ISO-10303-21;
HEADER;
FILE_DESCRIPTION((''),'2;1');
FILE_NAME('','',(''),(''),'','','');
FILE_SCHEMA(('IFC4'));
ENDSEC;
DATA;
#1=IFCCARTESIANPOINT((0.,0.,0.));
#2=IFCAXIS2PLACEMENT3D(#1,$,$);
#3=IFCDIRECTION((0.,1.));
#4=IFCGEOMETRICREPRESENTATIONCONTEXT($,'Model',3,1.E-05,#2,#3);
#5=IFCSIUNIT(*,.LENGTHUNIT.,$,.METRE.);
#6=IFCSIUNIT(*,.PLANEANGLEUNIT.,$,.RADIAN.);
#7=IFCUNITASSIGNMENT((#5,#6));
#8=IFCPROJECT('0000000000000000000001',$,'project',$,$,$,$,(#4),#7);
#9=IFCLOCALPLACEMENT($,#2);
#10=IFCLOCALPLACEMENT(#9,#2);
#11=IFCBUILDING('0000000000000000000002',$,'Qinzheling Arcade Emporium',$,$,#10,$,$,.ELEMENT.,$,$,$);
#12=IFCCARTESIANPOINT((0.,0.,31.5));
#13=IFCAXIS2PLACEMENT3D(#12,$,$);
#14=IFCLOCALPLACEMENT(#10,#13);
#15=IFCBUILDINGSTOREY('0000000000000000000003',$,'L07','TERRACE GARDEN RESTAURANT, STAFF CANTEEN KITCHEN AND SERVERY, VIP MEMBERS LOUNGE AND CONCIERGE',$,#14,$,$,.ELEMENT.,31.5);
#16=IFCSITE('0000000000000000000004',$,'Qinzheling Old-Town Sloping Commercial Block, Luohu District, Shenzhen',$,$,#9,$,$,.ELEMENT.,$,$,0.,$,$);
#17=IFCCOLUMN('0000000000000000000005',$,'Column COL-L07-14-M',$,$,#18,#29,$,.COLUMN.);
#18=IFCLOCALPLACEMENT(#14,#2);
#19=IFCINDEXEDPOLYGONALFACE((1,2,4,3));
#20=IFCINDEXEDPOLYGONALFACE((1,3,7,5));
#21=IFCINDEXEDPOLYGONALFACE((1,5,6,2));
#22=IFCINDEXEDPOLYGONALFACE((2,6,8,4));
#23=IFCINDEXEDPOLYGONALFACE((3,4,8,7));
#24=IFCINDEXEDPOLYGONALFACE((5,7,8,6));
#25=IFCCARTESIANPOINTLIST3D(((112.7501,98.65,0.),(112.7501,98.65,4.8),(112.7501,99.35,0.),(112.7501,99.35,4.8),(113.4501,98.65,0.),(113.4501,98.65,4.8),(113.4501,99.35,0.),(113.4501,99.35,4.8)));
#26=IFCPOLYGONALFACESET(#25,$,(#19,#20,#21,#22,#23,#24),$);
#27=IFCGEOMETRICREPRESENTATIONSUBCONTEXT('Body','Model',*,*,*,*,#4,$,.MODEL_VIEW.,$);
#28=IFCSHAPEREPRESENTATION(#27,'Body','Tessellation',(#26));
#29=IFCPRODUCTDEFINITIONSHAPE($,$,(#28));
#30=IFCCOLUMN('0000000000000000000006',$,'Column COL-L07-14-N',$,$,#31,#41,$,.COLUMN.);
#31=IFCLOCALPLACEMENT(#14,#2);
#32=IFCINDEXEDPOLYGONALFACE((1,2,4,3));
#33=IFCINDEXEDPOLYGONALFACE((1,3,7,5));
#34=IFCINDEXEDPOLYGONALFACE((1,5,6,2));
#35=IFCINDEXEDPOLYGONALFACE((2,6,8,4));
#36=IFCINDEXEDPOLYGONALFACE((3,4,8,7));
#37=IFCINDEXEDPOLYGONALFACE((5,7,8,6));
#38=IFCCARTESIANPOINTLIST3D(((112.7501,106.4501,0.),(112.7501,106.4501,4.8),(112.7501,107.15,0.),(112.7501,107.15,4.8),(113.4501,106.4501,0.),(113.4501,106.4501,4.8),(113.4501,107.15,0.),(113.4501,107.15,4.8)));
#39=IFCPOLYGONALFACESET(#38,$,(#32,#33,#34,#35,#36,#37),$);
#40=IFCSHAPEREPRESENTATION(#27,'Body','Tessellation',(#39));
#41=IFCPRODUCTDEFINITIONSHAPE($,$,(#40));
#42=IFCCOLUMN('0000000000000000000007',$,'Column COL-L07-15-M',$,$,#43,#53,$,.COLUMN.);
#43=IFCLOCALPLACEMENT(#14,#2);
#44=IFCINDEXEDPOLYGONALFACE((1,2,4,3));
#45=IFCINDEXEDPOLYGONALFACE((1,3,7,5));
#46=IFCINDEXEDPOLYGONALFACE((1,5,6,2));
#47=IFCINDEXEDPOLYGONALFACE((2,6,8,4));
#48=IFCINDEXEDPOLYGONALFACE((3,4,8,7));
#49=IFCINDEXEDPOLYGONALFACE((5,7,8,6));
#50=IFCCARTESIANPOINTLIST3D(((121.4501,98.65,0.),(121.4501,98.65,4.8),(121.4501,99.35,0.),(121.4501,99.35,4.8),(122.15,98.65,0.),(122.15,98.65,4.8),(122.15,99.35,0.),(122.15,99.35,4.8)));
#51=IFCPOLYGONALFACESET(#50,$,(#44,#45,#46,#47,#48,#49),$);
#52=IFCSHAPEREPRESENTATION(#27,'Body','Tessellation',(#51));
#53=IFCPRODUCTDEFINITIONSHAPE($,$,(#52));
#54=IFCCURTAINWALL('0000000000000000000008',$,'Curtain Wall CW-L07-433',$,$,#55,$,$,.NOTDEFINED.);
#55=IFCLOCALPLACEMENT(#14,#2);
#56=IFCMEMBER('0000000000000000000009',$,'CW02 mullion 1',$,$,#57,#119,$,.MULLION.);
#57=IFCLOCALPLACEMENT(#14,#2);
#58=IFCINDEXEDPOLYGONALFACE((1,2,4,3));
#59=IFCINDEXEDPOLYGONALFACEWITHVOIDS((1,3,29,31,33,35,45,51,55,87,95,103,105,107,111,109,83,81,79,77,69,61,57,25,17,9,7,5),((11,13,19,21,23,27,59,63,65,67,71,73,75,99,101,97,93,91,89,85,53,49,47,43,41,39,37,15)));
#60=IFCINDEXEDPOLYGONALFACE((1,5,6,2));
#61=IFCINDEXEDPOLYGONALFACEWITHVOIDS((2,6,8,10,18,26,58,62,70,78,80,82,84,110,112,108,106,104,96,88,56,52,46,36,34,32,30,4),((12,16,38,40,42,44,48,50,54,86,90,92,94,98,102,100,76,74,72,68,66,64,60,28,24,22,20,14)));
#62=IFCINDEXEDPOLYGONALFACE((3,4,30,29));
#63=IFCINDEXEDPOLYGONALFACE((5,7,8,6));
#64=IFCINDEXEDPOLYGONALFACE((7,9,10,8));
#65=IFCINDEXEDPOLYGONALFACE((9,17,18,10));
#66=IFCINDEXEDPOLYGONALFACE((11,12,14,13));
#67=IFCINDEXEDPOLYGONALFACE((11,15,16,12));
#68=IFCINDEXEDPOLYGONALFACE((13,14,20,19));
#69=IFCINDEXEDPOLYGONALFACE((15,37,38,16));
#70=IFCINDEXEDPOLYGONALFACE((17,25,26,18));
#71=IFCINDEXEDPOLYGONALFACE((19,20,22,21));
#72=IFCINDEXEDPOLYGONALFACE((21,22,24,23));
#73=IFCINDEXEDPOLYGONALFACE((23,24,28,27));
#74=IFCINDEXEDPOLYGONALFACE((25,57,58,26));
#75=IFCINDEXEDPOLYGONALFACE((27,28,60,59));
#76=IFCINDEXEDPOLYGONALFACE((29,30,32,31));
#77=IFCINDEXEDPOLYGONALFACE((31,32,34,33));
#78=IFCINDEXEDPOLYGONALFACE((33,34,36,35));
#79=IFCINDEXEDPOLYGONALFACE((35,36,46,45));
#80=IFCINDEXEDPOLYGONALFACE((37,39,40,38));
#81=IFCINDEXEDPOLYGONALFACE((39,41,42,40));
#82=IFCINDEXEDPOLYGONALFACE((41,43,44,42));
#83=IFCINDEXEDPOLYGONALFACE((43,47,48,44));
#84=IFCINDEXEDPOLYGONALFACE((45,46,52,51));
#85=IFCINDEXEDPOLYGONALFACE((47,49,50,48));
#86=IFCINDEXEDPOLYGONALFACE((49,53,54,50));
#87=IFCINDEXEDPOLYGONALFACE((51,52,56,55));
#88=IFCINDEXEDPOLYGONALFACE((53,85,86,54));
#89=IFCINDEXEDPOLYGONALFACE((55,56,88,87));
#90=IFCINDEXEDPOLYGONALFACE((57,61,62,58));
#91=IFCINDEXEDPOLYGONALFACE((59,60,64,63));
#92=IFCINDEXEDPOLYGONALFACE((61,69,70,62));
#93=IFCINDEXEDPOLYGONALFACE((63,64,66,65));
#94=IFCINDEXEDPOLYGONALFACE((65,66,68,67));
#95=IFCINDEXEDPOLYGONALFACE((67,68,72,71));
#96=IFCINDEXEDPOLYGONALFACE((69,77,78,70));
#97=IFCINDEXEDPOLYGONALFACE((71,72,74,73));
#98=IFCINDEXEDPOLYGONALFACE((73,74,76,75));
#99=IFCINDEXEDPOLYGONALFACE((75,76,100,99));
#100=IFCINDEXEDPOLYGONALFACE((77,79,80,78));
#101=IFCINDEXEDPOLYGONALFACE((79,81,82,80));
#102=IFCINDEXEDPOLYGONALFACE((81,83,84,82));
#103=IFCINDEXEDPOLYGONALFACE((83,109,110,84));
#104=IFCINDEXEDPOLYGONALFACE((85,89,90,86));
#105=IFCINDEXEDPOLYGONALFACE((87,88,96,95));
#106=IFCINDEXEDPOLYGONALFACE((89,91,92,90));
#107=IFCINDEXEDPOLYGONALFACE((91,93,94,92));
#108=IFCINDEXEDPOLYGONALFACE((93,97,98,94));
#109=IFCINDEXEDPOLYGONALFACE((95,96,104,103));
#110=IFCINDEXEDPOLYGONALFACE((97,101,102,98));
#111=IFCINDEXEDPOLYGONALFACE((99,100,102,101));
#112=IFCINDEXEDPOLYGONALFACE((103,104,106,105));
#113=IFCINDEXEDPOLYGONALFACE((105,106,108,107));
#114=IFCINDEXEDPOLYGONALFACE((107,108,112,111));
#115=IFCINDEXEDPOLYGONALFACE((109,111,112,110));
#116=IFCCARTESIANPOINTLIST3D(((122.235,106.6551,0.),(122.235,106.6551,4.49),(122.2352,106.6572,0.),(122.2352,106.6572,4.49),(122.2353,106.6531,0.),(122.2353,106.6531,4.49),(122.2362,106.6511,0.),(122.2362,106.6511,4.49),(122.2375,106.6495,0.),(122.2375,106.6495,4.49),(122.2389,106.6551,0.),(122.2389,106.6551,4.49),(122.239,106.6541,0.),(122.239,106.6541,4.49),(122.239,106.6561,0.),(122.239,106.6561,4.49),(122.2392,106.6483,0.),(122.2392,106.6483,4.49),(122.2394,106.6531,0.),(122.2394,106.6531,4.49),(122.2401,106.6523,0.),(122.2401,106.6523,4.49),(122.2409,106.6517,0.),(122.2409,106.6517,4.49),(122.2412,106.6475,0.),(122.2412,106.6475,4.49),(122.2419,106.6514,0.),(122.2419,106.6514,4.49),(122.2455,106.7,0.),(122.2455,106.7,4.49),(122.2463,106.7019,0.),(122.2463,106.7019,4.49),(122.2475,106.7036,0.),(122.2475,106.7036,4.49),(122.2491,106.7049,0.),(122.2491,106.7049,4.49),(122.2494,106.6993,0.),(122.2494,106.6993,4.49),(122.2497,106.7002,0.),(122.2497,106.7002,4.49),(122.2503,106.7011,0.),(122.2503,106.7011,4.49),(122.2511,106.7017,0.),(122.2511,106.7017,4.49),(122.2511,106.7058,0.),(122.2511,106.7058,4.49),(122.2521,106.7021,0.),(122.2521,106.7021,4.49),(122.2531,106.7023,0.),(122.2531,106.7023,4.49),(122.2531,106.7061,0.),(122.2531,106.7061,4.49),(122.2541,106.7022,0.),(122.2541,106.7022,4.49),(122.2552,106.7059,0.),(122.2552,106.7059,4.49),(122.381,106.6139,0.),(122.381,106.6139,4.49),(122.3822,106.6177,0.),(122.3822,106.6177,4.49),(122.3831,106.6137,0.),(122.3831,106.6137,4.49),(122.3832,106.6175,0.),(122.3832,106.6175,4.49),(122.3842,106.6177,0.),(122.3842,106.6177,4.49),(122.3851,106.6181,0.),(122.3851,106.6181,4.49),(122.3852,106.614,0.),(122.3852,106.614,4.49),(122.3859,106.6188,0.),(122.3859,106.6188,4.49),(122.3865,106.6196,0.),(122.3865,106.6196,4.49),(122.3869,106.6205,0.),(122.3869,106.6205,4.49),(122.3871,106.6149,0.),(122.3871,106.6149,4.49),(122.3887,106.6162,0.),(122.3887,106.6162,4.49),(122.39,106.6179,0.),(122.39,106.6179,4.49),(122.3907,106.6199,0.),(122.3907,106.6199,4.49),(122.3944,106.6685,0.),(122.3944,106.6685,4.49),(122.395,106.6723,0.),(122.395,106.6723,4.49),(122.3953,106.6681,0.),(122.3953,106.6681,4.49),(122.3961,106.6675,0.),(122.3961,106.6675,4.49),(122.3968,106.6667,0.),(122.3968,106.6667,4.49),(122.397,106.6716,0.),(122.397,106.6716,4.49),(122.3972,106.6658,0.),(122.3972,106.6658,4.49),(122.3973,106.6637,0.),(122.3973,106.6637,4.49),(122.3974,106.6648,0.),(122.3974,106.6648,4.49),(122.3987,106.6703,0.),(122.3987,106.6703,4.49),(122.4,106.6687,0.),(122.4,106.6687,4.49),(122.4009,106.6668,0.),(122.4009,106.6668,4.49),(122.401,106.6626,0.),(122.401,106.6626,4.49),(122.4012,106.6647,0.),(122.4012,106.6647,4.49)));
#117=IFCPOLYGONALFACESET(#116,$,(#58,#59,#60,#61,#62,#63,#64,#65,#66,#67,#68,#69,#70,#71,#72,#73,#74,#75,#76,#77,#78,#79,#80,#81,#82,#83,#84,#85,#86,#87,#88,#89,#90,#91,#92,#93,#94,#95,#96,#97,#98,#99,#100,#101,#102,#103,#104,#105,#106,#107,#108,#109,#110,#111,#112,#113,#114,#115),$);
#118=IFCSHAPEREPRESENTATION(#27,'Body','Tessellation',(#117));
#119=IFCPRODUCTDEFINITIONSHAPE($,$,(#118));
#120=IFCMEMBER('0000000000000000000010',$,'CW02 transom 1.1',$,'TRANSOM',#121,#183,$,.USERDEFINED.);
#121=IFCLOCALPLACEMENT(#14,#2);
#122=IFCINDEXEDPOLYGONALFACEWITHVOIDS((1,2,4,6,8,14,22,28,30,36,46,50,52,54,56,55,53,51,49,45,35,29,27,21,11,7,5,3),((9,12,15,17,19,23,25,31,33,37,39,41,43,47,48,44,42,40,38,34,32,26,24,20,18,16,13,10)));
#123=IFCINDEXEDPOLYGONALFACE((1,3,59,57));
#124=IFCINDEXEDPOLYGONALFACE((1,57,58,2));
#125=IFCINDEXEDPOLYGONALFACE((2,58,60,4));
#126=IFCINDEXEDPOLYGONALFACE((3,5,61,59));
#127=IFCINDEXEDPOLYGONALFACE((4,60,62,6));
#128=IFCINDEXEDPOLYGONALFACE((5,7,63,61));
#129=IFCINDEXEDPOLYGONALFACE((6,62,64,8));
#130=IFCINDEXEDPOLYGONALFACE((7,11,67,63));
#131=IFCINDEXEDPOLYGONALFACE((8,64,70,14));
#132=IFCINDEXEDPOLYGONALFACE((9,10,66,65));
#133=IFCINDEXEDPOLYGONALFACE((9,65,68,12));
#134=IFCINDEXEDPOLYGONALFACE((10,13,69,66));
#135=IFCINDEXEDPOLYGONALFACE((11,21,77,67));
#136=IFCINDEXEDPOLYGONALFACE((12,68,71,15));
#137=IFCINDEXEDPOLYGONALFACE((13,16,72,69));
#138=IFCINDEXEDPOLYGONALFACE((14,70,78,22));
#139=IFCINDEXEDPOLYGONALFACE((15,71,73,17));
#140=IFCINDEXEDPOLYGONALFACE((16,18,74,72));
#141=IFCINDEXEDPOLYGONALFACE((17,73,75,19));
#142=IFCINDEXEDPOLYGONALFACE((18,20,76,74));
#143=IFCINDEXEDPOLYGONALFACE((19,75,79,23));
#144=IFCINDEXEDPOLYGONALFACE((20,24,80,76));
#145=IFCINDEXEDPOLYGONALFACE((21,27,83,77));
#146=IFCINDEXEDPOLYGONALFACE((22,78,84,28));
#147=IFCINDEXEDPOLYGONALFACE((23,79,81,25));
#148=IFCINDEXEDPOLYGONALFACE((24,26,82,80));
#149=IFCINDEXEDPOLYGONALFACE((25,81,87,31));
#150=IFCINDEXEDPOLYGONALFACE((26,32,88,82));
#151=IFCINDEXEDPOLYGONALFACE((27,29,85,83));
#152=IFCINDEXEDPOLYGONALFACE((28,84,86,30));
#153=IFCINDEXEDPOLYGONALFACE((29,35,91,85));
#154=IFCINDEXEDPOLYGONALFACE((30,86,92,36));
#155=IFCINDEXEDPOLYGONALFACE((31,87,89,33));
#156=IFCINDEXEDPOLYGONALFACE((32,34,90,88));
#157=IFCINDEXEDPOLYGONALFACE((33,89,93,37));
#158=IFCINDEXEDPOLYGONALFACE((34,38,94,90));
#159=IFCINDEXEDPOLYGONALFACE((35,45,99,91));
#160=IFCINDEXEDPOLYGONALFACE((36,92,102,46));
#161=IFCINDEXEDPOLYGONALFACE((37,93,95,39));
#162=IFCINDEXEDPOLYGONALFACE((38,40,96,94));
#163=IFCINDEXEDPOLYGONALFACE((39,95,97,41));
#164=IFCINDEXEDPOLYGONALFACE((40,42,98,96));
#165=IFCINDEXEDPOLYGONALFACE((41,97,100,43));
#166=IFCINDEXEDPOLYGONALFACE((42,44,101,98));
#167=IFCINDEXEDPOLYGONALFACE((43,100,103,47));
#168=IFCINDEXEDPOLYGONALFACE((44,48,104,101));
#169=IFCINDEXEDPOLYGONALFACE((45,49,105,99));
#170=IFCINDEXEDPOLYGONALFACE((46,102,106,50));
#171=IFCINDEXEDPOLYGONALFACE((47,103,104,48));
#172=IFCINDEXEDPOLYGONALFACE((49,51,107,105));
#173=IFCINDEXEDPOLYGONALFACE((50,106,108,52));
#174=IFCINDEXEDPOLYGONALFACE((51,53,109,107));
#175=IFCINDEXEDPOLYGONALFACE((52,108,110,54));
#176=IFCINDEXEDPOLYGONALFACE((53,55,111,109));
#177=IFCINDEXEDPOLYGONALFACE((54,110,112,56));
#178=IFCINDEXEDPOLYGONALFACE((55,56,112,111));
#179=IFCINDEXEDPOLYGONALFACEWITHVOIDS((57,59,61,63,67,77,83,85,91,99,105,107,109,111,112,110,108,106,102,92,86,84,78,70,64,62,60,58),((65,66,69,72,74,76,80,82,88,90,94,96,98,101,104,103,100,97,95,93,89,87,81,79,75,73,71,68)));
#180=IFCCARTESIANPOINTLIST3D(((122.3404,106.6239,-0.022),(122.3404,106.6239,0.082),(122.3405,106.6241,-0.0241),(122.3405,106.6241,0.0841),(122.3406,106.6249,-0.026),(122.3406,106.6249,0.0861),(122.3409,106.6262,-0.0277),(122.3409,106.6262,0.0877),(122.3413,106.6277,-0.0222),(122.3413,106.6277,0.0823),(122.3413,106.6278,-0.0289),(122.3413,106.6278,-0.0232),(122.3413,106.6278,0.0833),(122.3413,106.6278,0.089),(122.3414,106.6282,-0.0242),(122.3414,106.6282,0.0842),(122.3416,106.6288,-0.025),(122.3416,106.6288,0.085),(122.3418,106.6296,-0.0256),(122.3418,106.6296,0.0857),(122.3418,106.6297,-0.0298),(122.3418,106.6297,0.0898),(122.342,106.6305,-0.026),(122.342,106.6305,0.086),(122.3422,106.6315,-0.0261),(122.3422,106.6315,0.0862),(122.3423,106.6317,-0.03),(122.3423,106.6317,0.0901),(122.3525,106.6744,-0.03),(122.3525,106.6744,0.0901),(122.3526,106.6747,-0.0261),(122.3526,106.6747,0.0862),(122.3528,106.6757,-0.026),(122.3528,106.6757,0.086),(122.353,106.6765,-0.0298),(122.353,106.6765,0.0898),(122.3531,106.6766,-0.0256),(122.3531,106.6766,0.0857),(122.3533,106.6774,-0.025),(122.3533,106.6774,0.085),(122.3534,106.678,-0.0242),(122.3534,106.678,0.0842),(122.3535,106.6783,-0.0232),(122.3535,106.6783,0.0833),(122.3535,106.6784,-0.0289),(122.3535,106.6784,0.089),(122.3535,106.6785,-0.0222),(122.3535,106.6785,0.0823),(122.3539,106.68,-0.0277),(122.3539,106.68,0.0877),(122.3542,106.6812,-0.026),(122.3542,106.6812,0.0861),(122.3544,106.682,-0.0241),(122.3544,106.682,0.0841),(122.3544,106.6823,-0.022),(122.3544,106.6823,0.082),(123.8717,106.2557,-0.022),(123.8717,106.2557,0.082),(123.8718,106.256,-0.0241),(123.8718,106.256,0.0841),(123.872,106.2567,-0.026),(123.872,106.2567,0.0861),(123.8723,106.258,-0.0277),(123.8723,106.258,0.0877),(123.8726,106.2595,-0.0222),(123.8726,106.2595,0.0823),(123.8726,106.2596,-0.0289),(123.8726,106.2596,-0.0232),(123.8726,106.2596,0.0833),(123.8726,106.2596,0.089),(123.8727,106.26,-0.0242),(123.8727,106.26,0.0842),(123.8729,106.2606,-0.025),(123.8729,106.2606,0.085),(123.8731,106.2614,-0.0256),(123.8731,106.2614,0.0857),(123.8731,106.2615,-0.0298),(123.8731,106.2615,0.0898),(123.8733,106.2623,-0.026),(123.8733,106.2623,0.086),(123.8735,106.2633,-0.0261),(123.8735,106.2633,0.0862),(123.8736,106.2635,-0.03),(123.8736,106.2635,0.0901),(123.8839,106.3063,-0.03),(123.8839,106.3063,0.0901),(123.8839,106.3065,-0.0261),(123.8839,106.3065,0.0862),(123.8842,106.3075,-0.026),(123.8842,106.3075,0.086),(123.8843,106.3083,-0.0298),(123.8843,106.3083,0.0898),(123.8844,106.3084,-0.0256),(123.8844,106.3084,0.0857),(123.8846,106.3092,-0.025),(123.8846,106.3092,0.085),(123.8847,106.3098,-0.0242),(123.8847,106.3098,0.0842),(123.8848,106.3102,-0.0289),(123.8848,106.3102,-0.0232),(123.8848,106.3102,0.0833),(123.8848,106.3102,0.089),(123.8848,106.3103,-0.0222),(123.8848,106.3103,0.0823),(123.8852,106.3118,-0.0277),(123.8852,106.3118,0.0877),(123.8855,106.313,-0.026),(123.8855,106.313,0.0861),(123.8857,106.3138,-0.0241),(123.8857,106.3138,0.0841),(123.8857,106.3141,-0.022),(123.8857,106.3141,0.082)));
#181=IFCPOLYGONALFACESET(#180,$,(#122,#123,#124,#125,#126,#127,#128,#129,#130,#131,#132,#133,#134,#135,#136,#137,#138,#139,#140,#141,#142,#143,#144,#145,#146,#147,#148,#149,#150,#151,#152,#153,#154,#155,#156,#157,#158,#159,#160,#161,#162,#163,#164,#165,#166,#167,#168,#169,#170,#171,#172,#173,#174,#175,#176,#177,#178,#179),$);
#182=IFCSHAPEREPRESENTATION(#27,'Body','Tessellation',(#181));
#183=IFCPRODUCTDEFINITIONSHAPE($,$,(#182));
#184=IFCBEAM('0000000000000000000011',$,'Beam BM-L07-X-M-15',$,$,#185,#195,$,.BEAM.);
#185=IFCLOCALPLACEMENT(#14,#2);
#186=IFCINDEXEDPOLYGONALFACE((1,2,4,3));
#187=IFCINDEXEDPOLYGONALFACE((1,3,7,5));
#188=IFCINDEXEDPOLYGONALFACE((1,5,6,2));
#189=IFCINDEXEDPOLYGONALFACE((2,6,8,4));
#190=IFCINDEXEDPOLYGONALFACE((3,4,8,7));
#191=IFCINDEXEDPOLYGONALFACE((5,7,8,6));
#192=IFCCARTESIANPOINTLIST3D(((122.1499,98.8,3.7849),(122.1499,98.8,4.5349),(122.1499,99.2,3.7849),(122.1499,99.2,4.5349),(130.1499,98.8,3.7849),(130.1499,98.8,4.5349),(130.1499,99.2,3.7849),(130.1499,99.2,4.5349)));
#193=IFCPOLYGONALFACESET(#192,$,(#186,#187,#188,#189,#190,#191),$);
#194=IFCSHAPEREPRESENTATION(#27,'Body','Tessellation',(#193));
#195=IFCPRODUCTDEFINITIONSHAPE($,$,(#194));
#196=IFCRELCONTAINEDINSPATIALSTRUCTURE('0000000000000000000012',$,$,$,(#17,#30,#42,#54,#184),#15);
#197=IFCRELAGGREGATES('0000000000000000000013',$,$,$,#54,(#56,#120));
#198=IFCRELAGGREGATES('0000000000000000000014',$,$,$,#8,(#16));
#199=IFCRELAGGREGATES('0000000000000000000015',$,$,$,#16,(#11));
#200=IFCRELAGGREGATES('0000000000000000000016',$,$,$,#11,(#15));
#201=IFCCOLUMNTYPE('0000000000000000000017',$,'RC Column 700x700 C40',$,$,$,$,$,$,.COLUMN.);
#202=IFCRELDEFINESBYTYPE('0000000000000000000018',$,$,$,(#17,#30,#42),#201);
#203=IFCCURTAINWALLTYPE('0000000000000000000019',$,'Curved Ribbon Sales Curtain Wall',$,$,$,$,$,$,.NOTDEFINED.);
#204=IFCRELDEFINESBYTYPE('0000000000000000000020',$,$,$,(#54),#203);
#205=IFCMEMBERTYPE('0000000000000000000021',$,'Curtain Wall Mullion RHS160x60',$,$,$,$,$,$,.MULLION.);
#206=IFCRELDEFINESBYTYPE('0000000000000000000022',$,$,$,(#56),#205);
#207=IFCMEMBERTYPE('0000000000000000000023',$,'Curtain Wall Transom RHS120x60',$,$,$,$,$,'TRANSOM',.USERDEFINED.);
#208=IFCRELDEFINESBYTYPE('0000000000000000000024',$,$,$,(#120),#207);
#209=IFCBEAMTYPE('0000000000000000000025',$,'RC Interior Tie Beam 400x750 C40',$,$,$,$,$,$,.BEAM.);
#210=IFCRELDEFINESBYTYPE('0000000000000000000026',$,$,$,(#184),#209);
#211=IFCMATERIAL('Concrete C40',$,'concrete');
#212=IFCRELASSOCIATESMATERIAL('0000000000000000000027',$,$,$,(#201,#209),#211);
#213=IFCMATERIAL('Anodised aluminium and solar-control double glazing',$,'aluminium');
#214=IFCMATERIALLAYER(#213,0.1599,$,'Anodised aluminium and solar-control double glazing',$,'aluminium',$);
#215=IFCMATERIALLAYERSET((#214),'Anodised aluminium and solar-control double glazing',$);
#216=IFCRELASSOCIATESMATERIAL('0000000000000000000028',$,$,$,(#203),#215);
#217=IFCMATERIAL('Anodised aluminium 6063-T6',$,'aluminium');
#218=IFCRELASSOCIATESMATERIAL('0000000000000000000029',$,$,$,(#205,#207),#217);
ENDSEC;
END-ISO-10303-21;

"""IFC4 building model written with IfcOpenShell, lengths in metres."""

from ifc_helpers import new_model, si_unit, direction, frame, origin, origin_2d, place, context, subcontext, project, spatial, rectangle, hollow_rectangle, extrude, material, layer, layer_set, material_profile, profile_set, type_object, element, aggregate, save


model = new_model("IFC4")

# Units and contexts
model_context = context("Model", 3, precision=1e-05, world=origin(), true_north=direction((0.0, 1.0)))
body_context = subcontext(model_context, "Body", "Model", "MODEL_VIEW")
ifc_project = project(units=[si_unit("LENGTHUNIT", "METRE"), si_unit("PLANEANGLEUNIT", "RADIAN")], contexts=[model_context])

# Site, building, storey
site_placement = place(None, origin())
site = spatial("IfcSite", under=ifc_project, at=site_placement, Name="Qinzheling Old-Town Sloping Commercial Block, Luohu District, Shenzhen", CompositionType="ELEMENT", RefElevation=0.0)
building_placement = place(site_placement, origin())
building = spatial("IfcBuilding", under=site, at=building_placement, Name="Qinzheling Arcade Emporium", CompositionType="ELEMENT")
storey_placement = place(building_placement, frame((0.0, 0.0, 31.5)))
storey = spatial("IfcBuildingStorey", under=building, at=storey_placement, Name="L07", Description="TERRACE GARDEN RESTAURANT, STAFF CANTEEN KITCHEN AND SERVERY, VIP MEMBERS LOUNGE AND CONCIERGE", CompositionType="ELEMENT", Elevation=31.5)

# Columns
ifc_material_1 = material(Name="Concrete C40", Category="concrete")
ifc_material_profile_1 = material_profile(ifc_material_1, rectangle(XDim=0.7, YDim=0.7, at=origin_2d()), Name="RC 700x700", Category="concrete")
ifc_profile_set_1 = profile_set([ifc_material_profile_1], Name="Concrete C40")
column_type = type_object("IfcColumnType", Name="RC Column 700x700 C40", PredefinedType="COLUMN", material=ifc_profile_set_1)
for number, where, z_axis, x_axis, name in (
    (1, (113.1001, 99.0, 0.0), (0.0, 0.0, 1.0), (1.0, 0.0, 0.0), "Column COL-L07-14-M"),
    (2, (113.1001, 106.8, 0.0), (0.0, 0.0, 1.0), (1.0, 0.0, 0.0), "Column COL-L07-14-N"),
    (3, (121.8, 99.0, 0.0), (0.0, 0.0, 1.0), (1.0, 0.0, 0.0), "Column COL-L07-15-M"),
):
    element("IfcColumn", number, at=place(storey_placement, frame(where, z_axis=z_axis, x_axis=x_axis)), inside=storey, type_object=column_type, Name=name, PredefinedType="COLUMN", context=body_context, shape_type="SweptSolid", body=[
        extrude(rectangle(XDim=0.7, YDim=0.7, at=origin_2d()), origin(), (0.0, 0.0, 1.0), 4.8),
    ])

# Curtain wall, members
ifc_material_2 = material(Name="Anodised aluminium and solar-control double glazing", Category="aluminium")
ifc_layer_1 = layer(ifc_material_2, 0.1599, Name="Anodised aluminium and solar-control double glazing", Category="aluminium")
ifc_layer_set_1 = layer_set([ifc_layer_1], Name="Anodised aluminium and solar-control double glazing")
curtain_wall_type = type_object("IfcCurtainWallType", Name="Curved Ribbon Sales Curtain Wall", PredefinedType="NOTDEFINED", material=ifc_layer_set_1)
curtain_wall_placement = place(storey_placement, origin())
curtain_wall = element("IfcCurtainWall", 4, at=curtain_wall_placement, inside=storey, type_object=curtain_wall_type, Name="Curtain Wall CW-L07-433", PredefinedType="NOTDEFINED")
ifc_material_3 = material(Name="Anodised aluminium 6063-T6", Category="aluminium")
ifc_material_profile_2 = material_profile(ifc_material_3, hollow_rectangle(XDim=0.0601, YDim=0.1599, WallThickness=0.0039, InnerFilletRadius=0.0039, OuterFilletRadius=0.0081, at=origin_2d()), Name="RHS 160x60x4", Category="aluminium")
ifc_profile_set_2 = profile_set([ifc_material_profile_2], Name="Anodised aluminium 6063-T6")
member_type_1 = type_object("IfcMemberType", Name="Curtain Wall Mullion RHS160x60", PredefinedType="MULLION", material=ifc_profile_set_2)
member_1_placement = place(storey_placement, frame((122.3181, 106.6599, 0.0), z_axis=(0.0, 0.0, 1.0), x_axis=(0.233641, 0.972323, 0.0)))
member_1 = element("IfcMember", 5, at=member_1_placement, type_object=member_type_1, Name="CW02 mullion 1", PredefinedType="MULLION", context=body_context, shape_type="SweptSolid", body=[
    extrude(hollow_rectangle(XDim=0.0601, YDim=0.1599, WallThickness=0.0039, InnerFilletRadius=0.0039, OuterFilletRadius=0.0081, at=origin_2d()), origin(), (0.0, 0.0, 1.0), 4.49),
])
ifc_material_profile_3 = material_profile(ifc_material_3, hollow_rectangle(XDim=0.0601, YDim=0.1201, WallThickness=0.0039, InnerFilletRadius=0.0039, OuterFilletRadius=0.0081, at=origin_2d()), Name="RHS 120x60x4", Category="aluminium")
ifc_profile_set_3 = profile_set([ifc_material_profile_3], Name="Anodised aluminium 6063-T6")
member_type_2 = type_object("IfcMemberType", Name="Curtain Wall Transom RHS120x60", ElementType="TRANSOM", PredefinedType="USERDEFINED", material=ifc_profile_set_3)
member_2_placement = place(storey_placement, frame((122.3474, 106.6531, 0.03), z_axis=(0.972292, -0.233772, 0.0), x_axis=(0.233772, 0.972292, 0.0)))
member_2 = element("IfcMember", 6, at=member_2_placement, type_object=member_type_2, Name="CW02 transom 1.1", ObjectType="TRANSOM", PredefinedType="USERDEFINED", context=body_context, shape_type="SweptSolid", body=[
    extrude(hollow_rectangle(XDim=0.0601, YDim=0.1201, WallThickness=0.0039, InnerFilletRadius=0.0039, OuterFilletRadius=0.0081, at=origin_2d()), origin(), (0.0, 0.0, 1.0), 1.575),
])
aggregate(curtain_wall, [member_1, member_2])

# Beam
ifc_material_profile_4 = material_profile(ifc_material_1, rectangle(XDim=0.3999, YDim=0.75, at=origin_2d()), Name="RC 400x750", Category="concrete")
ifc_profile_set_4 = profile_set([ifc_material_profile_4], Name="Concrete C40")
beam_type = type_object("IfcBeamType", Name="RC Interior Tie Beam 400x750 C40", PredefinedType="BEAM", material=ifc_profile_set_4)
beam_1_placement = place(storey_placement, frame((122.1499, 99.0, 4.1599), z_axis=(1.0, 0.0, 0.0), x_axis=(0.0, 1.0, 0.0)))
element("IfcBeam", 7, at=beam_1_placement, inside=storey, type_object=beam_type, Name="Beam BM-L07-X-M-15", PredefinedType="BEAM", context=body_context, shape_type="SweptSolid", body=[
    extrude(rectangle(XDim=0.3999, YDim=0.75, at=origin_2d()), origin(), (0.0, 0.0, 1.0), 8.0),
])

save(model, "model.ifc")
